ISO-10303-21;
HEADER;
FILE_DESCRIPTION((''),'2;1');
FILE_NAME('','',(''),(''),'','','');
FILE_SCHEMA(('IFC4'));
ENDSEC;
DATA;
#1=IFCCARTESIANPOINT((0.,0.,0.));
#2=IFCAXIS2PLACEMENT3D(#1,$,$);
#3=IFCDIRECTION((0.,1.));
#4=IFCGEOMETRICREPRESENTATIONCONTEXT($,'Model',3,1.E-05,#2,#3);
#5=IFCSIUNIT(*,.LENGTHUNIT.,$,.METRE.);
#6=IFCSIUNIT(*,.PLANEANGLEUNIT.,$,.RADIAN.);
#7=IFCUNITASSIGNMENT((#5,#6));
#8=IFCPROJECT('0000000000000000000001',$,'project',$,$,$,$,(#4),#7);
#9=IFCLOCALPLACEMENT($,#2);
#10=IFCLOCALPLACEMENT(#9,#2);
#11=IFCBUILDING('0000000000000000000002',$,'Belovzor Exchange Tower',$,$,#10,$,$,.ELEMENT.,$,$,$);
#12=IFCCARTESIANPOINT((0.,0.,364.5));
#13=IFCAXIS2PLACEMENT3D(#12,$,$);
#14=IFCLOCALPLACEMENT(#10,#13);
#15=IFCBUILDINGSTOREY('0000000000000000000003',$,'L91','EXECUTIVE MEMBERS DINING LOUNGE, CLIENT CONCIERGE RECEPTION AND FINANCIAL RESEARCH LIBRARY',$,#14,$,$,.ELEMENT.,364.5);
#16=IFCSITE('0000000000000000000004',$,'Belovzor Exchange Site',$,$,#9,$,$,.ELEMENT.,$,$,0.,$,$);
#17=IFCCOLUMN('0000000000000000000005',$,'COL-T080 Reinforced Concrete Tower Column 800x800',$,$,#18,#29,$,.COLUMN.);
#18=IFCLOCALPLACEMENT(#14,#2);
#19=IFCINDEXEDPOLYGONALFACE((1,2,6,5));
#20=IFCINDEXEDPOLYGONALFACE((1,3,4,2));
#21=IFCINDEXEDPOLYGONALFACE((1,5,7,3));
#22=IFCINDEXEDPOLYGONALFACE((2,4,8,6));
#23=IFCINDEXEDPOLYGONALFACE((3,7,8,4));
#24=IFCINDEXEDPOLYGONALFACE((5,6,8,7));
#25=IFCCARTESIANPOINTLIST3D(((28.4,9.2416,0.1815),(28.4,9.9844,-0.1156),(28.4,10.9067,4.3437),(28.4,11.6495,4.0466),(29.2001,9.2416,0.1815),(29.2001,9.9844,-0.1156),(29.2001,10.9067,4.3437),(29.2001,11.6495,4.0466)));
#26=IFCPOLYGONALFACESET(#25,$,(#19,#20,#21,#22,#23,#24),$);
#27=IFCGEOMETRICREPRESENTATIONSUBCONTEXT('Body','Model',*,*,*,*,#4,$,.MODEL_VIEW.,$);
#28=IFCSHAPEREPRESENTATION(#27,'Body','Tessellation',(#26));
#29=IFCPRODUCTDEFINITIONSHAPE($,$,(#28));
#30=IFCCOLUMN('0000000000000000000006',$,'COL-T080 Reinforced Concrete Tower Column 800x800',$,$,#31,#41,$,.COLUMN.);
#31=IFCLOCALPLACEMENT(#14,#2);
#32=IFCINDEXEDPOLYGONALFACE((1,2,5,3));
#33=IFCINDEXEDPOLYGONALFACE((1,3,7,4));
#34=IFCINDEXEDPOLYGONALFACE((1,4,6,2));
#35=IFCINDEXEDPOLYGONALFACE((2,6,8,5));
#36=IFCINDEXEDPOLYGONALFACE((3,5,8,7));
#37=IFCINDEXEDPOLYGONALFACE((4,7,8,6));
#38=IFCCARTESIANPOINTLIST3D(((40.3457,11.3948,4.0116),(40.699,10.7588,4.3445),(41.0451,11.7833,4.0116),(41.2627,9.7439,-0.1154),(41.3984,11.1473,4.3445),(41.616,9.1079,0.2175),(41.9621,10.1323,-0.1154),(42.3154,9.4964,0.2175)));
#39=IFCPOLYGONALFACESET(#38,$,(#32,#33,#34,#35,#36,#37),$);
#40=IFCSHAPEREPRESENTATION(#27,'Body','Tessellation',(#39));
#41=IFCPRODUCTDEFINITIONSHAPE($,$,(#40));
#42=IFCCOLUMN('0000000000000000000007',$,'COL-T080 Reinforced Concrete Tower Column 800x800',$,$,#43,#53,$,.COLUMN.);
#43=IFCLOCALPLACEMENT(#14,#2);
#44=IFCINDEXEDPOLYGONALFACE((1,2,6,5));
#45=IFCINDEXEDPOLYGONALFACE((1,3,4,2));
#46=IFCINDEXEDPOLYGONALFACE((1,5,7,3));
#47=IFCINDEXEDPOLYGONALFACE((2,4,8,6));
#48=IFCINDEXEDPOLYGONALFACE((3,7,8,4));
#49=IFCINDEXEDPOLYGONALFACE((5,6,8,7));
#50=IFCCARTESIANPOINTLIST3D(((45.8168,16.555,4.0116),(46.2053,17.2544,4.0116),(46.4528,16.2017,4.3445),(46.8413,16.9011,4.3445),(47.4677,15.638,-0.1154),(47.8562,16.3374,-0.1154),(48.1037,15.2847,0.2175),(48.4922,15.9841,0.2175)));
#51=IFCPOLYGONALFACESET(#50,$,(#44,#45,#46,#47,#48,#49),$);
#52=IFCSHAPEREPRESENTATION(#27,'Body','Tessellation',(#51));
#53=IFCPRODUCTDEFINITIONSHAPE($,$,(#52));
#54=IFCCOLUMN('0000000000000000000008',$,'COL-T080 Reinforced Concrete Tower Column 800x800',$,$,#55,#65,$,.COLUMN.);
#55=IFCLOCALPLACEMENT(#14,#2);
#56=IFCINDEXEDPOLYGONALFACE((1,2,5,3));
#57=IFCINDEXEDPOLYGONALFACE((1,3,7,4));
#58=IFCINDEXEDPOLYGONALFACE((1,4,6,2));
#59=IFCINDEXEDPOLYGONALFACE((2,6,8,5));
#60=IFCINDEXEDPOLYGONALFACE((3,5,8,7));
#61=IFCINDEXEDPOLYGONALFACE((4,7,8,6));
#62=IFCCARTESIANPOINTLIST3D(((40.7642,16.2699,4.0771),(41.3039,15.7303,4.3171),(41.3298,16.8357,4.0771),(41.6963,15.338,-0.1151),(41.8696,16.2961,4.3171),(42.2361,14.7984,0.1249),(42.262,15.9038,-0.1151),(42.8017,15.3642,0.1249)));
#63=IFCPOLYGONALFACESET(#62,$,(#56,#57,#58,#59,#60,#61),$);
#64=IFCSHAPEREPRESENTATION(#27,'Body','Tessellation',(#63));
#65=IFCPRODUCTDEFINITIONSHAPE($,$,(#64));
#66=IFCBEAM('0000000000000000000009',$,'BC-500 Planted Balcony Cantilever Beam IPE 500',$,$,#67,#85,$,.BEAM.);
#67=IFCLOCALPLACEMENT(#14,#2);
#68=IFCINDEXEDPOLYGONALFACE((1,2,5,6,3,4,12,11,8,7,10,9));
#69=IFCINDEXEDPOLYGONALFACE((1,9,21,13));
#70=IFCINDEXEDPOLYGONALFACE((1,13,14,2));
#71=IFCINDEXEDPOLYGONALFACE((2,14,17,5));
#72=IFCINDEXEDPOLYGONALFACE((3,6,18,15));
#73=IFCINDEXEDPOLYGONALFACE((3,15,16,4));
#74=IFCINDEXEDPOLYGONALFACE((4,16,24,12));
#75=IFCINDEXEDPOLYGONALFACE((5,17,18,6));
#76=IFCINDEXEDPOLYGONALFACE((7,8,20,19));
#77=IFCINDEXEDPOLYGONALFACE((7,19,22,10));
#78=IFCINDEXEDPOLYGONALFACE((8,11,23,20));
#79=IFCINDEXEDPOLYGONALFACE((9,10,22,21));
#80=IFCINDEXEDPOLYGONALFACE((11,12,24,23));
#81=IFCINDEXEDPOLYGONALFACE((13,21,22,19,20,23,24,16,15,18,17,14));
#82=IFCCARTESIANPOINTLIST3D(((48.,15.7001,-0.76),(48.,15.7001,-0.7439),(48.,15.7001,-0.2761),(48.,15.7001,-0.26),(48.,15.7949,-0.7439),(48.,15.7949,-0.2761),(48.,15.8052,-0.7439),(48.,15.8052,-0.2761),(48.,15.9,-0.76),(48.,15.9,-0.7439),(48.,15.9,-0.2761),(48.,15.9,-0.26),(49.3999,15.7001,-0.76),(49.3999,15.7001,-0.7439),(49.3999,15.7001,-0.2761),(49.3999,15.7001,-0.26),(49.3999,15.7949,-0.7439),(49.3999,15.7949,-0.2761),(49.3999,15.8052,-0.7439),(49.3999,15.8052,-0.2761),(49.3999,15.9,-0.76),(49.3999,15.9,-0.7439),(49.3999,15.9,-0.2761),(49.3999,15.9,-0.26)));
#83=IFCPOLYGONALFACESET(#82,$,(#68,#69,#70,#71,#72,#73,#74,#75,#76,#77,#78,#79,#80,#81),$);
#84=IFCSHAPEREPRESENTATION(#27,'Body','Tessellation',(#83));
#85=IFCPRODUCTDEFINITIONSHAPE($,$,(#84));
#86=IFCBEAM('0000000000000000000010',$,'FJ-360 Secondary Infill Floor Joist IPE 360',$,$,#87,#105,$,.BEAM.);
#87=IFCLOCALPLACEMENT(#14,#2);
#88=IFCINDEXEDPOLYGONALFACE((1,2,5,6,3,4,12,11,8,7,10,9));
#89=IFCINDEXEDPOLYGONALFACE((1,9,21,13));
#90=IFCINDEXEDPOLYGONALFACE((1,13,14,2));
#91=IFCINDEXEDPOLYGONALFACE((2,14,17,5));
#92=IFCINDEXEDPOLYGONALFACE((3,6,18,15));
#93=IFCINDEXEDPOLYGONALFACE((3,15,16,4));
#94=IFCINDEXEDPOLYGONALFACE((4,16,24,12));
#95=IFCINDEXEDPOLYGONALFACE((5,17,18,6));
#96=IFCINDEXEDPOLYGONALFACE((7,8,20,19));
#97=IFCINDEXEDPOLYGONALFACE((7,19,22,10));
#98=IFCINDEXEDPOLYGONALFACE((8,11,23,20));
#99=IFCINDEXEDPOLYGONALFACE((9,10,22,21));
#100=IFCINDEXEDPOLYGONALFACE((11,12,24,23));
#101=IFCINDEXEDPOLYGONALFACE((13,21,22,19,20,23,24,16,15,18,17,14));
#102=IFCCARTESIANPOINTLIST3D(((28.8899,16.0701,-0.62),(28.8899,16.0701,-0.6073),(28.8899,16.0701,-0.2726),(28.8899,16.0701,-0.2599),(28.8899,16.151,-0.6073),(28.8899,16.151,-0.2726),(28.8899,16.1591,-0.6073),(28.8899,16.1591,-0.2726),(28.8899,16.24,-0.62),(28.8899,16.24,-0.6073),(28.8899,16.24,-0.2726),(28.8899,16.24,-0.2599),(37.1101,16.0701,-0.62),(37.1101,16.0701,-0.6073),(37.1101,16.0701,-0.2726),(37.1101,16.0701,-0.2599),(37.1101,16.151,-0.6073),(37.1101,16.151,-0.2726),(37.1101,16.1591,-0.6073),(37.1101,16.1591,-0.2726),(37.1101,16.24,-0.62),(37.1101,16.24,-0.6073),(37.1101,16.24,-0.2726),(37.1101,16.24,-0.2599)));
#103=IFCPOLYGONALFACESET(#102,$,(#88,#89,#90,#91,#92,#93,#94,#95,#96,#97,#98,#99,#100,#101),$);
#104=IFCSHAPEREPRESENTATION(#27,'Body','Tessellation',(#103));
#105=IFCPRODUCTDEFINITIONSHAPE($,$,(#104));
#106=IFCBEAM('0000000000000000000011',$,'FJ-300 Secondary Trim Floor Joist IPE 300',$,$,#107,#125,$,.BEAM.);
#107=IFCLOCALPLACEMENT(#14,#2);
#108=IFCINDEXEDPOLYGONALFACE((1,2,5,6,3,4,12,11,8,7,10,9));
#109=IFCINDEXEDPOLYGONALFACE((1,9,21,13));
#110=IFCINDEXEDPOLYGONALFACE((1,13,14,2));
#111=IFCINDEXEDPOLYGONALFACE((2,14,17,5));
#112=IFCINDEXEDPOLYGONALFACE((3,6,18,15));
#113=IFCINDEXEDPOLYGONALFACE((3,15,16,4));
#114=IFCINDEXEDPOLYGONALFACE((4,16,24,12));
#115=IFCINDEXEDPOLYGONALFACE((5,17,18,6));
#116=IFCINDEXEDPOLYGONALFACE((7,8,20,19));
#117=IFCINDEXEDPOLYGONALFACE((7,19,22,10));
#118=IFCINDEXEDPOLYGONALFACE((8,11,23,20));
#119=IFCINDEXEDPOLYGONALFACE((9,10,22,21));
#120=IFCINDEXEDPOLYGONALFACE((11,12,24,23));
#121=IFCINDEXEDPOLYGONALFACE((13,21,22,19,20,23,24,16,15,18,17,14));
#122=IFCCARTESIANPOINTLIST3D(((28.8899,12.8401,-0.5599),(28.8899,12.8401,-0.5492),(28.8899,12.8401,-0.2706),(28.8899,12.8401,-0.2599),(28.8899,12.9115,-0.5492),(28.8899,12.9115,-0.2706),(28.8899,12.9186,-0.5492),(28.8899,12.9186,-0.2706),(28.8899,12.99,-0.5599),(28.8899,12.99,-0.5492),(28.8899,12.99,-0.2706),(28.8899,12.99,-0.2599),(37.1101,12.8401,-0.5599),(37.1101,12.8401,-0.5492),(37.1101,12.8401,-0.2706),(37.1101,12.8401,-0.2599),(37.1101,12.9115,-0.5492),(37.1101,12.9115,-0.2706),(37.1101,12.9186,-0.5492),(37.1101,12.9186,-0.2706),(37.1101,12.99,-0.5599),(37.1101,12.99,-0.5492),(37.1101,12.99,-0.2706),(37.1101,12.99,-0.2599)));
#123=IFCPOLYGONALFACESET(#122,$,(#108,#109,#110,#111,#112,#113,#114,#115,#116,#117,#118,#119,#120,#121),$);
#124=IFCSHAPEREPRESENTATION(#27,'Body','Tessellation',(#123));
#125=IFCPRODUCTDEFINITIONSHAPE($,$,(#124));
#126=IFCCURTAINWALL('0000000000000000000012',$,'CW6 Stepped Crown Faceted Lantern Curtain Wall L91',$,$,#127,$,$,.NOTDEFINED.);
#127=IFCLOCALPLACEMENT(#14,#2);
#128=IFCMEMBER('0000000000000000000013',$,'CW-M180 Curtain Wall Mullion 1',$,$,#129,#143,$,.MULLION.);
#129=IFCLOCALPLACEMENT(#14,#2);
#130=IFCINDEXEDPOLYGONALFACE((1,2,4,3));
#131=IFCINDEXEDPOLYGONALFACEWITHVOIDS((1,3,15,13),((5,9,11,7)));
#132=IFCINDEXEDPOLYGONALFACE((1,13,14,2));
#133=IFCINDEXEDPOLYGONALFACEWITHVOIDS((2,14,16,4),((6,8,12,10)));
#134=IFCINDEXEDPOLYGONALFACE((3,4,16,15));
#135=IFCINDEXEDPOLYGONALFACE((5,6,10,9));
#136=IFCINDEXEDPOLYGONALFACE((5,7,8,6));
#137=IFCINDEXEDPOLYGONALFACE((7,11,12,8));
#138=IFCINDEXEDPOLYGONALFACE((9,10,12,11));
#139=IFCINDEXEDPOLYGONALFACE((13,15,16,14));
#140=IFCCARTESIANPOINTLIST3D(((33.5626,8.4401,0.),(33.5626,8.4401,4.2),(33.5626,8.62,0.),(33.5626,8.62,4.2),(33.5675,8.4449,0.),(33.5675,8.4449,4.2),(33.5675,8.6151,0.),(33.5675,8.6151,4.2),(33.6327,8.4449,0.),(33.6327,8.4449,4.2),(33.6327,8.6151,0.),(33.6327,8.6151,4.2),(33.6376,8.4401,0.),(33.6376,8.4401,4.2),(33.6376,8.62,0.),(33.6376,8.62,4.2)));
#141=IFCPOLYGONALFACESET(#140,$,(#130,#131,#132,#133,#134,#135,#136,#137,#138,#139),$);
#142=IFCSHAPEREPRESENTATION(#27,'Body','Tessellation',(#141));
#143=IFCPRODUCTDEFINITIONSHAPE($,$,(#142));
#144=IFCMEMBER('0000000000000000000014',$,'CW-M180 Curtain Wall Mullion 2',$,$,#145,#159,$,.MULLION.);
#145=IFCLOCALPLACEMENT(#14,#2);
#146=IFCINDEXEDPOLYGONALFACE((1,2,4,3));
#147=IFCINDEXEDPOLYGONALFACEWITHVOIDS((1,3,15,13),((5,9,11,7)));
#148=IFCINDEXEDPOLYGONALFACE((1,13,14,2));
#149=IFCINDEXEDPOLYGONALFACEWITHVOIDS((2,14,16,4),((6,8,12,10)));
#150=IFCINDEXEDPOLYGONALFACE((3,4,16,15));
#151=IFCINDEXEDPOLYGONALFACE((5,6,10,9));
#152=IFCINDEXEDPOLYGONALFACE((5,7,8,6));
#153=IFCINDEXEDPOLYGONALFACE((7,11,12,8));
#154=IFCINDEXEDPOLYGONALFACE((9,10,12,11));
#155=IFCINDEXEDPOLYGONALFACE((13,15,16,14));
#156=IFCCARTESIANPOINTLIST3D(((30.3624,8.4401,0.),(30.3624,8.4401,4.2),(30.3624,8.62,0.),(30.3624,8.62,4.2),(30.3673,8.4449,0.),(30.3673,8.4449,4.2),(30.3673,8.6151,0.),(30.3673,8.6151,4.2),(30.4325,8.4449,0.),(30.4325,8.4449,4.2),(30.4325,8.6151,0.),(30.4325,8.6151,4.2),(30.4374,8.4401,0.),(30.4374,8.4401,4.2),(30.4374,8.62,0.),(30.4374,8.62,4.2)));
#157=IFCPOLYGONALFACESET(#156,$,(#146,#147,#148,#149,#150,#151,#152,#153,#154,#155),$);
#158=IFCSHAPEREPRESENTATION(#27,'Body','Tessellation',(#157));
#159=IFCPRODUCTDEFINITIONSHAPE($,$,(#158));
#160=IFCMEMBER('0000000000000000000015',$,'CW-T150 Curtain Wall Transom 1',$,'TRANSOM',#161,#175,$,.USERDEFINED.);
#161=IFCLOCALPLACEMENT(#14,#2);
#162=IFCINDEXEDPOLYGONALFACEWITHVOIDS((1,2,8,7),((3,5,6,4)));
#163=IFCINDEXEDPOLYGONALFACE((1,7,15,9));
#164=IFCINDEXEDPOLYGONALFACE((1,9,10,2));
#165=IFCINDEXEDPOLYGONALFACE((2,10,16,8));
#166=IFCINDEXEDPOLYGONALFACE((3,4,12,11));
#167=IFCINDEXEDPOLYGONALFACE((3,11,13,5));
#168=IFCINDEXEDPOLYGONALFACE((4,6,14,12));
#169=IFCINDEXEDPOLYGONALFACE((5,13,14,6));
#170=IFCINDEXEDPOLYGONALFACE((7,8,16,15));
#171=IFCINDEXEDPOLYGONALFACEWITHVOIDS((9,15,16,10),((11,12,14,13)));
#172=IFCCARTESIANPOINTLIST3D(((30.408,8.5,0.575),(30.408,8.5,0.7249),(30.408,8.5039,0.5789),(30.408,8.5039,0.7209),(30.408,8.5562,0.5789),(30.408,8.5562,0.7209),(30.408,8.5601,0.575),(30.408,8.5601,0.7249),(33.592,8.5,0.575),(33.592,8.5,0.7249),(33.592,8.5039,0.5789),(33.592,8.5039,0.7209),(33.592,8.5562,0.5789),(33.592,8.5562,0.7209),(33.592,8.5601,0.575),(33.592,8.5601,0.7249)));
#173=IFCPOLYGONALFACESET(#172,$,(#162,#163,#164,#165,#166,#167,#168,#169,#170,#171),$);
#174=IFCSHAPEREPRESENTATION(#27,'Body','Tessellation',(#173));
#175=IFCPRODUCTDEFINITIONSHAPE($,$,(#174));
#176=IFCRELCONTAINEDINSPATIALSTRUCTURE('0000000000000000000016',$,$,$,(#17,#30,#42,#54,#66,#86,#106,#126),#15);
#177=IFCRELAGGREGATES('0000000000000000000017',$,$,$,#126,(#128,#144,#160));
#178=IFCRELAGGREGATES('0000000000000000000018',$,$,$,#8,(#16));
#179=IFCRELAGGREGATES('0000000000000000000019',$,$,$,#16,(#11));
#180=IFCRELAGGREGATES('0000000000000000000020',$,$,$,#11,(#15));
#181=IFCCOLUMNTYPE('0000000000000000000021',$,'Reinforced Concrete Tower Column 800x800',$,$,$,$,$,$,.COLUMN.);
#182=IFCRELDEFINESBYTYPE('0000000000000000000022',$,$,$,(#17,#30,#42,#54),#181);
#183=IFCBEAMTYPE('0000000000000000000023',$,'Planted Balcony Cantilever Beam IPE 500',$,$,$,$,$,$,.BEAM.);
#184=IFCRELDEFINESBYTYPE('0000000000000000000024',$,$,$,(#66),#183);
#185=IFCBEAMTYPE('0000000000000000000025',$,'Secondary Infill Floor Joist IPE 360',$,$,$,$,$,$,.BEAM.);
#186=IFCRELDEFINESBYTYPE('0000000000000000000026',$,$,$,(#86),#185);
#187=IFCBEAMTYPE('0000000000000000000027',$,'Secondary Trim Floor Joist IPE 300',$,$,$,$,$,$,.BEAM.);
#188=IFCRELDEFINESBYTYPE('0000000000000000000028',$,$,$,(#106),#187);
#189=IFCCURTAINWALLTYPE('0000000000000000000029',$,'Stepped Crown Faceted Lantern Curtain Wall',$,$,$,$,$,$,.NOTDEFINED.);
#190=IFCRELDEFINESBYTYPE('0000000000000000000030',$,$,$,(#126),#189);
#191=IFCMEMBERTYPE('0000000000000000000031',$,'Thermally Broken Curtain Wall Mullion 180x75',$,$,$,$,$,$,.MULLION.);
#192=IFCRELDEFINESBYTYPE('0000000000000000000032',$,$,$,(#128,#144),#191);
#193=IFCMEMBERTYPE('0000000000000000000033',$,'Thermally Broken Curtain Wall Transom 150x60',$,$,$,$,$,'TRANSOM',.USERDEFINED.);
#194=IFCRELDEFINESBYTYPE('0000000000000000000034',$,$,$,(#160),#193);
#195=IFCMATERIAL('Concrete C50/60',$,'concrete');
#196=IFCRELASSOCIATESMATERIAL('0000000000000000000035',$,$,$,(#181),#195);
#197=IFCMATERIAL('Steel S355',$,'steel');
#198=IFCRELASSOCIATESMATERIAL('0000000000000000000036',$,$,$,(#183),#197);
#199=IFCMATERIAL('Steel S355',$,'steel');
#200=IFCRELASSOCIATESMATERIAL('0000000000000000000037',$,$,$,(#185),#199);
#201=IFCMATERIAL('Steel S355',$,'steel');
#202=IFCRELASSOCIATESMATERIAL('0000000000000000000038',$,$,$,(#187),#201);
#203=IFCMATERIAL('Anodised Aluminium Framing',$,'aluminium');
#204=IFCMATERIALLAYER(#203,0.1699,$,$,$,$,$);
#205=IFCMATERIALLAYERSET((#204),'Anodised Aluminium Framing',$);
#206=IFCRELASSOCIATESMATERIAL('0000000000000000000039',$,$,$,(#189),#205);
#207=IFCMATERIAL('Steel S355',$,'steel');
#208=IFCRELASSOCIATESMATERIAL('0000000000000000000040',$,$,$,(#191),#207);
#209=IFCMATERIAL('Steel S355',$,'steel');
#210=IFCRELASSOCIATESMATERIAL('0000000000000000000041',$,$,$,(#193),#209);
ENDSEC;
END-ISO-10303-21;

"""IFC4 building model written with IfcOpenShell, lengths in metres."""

from ifc_helpers import new_model, si_unit, direction, frame, origin, origin_2d, place, context, subcontext, project, spatial, rectangle, hollow_rectangle, i_section, extrude, material, layer, layer_set, material_profile, profile_set, type_object, element, aggregate, save


model = new_model("IFC4")

# Units and contexts
model_context = context("Model", 3, precision=1e-05, world=origin(), true_north=direction((0.0, 1.0)))
body_context = subcontext(model_context, "Body", "Model", "MODEL_VIEW")
ifc_project = project(units=[si_unit("LENGTHUNIT", "METRE"), si_unit("PLANEANGLEUNIT", "RADIAN")], contexts=[model_context])

# Site, building, storey
site_placement = place(None, origin())
site = spatial("IfcSite", under=ifc_project, at=site_placement, Name="Belovzor Exchange Site", CompositionType="ELEMENT", RefElevation=0.0)
building_placement = place(site_placement, origin())
building = spatial("IfcBuilding", under=site, at=building_placement, Name="Belovzor Exchange Tower", CompositionType="ELEMENT")
storey_placement = place(building_placement, frame((0.0, 0.0, 364.5)))
storey = spatial("IfcBuildingStorey", under=building, at=storey_placement, Name="L91", Description="EXECUTIVE MEMBERS DINING LOUNGE, CLIENT CONCIERGE RECEPTION AND FINANCIAL RESEARCH LIBRARY", CompositionType="ELEMENT", Elevation=364.5)

# Columns
ifc_material_1 = material(Name="Concrete C50/60", Category="concrete")
ifc_material_profile_1 = material_profile(ifc_material_1, rectangle(XDim=0.8, YDim=0.8, at=origin_2d()))
ifc_profile_set_1 = profile_set([ifc_material_profile_1], Name="Concrete C50/60")
column_type = type_object("IfcColumnType", Name="Reinforced Concrete Tower Column 800x800", PredefinedType="COLUMN", material=ifc_profile_set_1)
column_1_placement = place(storey_placement, frame((28.8, 9.613, 0.033), z_axis=(0.0, 0.371428, 0.928462), x_axis=(-1.0, 0.0, 0.0)))
element("IfcColumn", 1, at=column_1_placement, inside=storey, type_object=column_type, Name="COL-T080 Reinforced Concrete Tower Column 800x800", PredefinedType="COLUMN", context=body_context, shape_type="SweptSolid", body=[
    extrude(rectangle(XDim=0.8, YDim=0.8, at=origin_2d()), origin(), (0.0, 0.0, 1.0), 4.4829),
])
for number, where, z_axis, x_axis, name in (
    (2, (41.7891, 9.6201, 0.051), (-0.202047, 0.36375, 0.90932), (-0.874194, -0.485577, 0.0), "COL-T080 Reinforced Concrete Tower Column 800x800"),
    (3, (47.98, 15.811, 0.051), (-0.36375, 0.202047, 0.90932), (-0.485577, -0.874194, 0.0), "COL-T080 Reinforced Concrete Tower Column 800x800"),
):
    element("IfcColumn", number, at=place(storey_placement, frame(where, z_axis=z_axis, x_axis=x_axis)), inside=storey, type_object=column_type, Name=name, PredefinedType="COLUMN", context=body_context, shape_type="SweptSolid", body=[
        extrude(rectangle(XDim=0.8, YDim=0.8, at=origin_2d()), origin(), (0.0, 0.0, 1.0), 4.5386),
    ])
column_2_placement = place(storey_placement, frame((42.249, 15.3511, 0.0049), z_axis=(-0.212114, 0.212059, 0.953959), x_axis=(-0.707014, -0.707199, 0.0)))
element("IfcColumn", 4, at=column_2_placement, inside=storey, type_object=column_type, Name="COL-T080 Reinforced Concrete Tower Column 800x800", PredefinedType="COLUMN", context=body_context, shape_type="SweptSolid", body=[
    extrude(rectangle(XDim=0.8, YDim=0.8, at=origin_2d()), origin(), (0.0, 0.0, 1.0), 4.3945),
])

# Beams
ifc_material_2 = material(Name="Steel S355", Category="steel")
ifc_material_profile_2 = material_profile(ifc_material_2, i_section(OverallWidth=0.2, OverallDepth=0.5, WebThickness=0.0103, FlangeThickness=0.0161, at=origin_2d()))
ifc_profile_set_2 = profile_set([ifc_material_profile_2], Name="Steel S355")
beam_type_1 = type_object("IfcBeamType", Name="Planted Balcony Cantilever Beam IPE 500", PredefinedType="BEAM", material=ifc_profile_set_2)
beam_1_placement = place(storey_placement, frame((48.0, 15.8, -0.51), z_axis=(1.0, 0.0, 0.0), x_axis=(0.0, 1.0, 0.0)))
element("IfcBeam", 5, at=beam_1_placement, inside=storey, type_object=beam_type_1, Name="BC-500 Planted Balcony Cantilever Beam IPE 500", PredefinedType="BEAM", context=body_context, shape_type="SweptSolid", body=[
    extrude(i_section(OverallWidth=0.2, OverallDepth=0.5, WebThickness=0.0103, FlangeThickness=0.0161, at=origin_2d()), origin(), (0.0, 0.0, 1.0), 1.3999),
])
ifc_material_3 = material(Name="Steel S355", Category="steel")
ifc_material_profile_3 = material_profile(ifc_material_3, i_section(OverallWidth=0.1699, OverallDepth=0.3601, WebThickness=0.0081, FlangeThickness=0.0127, at=origin_2d()))
ifc_profile_set_3 = profile_set([ifc_material_profile_3], Name="Steel S355")
beam_type_2 = type_object("IfcBeamType", Name="Secondary Infill Floor Joist IPE 360", PredefinedType="BEAM", material=ifc_profile_set_3)
beam_2_placement = place(storey_placement, frame((28.8899, 16.155, -0.4399), z_axis=(1.0, 0.0, 0.0), x_axis=(0.0, 1.0, 0.0)))
element("IfcBeam", 6, at=beam_2_placement, inside=storey, type_object=beam_type_2, Name="FJ-360 Secondary Infill Floor Joist IPE 360", PredefinedType="BEAM", context=body_context, shape_type="SweptSolid", body=[
    extrude(i_section(OverallWidth=0.1699, OverallDepth=0.3601, WebThickness=0.0081, FlangeThickness=0.0127, at=origin_2d()), origin(), (0.0, 0.0, 1.0), 8.2202),
])
ifc_material_4 = material(Name="Steel S355", Category="steel")
ifc_material_profile_4 = material_profile(ifc_material_4, i_section(OverallWidth=0.1499, OverallDepth=0.3, WebThickness=0.0071, FlangeThickness=0.0107, at=origin_2d()))
ifc_profile_set_4 = profile_set([ifc_material_profile_4], Name="Steel S355")
beam_type_3 = type_object("IfcBeamType", Name="Secondary Trim Floor Joist IPE 300", PredefinedType="BEAM", material=ifc_profile_set_4)
beam_3_placement = place(storey_placement, frame((28.8899, 12.915, -0.4099), z_axis=(1.0, 0.0, 0.0), x_axis=(0.0, 1.0, 0.0)))
element("IfcBeam", 7, at=beam_3_placement, inside=storey, type_object=beam_type_3, Name="FJ-300 Secondary Trim Floor Joist IPE 300", PredefinedType="BEAM", context=body_context, shape_type="SweptSolid", body=[
    extrude(i_section(OverallWidth=0.1499, OverallDepth=0.3, WebThickness=0.0071, FlangeThickness=0.0107, at=origin_2d()), origin(), (0.0, 0.0, 1.0), 8.2202),
])

# Curtain wall, members
ifc_material_5 = material(Name="Anodised Aluminium Framing", Category="aluminium")
ifc_layer_1 = layer(ifc_material_5, 0.1699)
ifc_layer_set_1 = layer_set([ifc_layer_1], Name="Anodised Aluminium Framing")
curtain_wall_type = type_object("IfcCurtainWallType", Name="Stepped Crown Faceted Lantern Curtain Wall", PredefinedType="NOTDEFINED", material=ifc_layer_set_1)
curtain_wall_placement = place(storey_placement, origin())
curtain_wall = element("IfcCurtainWall", 8, at=curtain_wall_placement, inside=storey, type_object=curtain_wall_type, Name="CW6 Stepped Crown Faceted Lantern Curtain Wall L91", PredefinedType="NOTDEFINED")
ifc_material_6 = material(Name="Steel S355", Category="steel")
ifc_material_profile_5 = material_profile(ifc_material_6, hollow_rectangle(XDim=0.075, YDim=0.1799, WallThickness=0.0049, at=origin_2d()))
ifc_profile_set_5 = profile_set([ifc_material_profile_5], Name="Steel S355")
member_type_1 = type_object("IfcMemberType", Name="Thermally Broken Curtain Wall Mullion 180x75", PredefinedType="MULLION", material=ifc_profile_set_5)
member_1_placement = place(storey_placement, frame((33.6001, 8.53, 0.0), z_axis=(0.0, 0.0, 1.0), x_axis=(-1.0, 0.0, 0.0)))
member_1 = element("IfcMember", 9, at=member_1_placement, type_object=member_type_1, Name="CW-M180 Curtain Wall Mullion 1", PredefinedType="MULLION", context=body_context, shape_type="SweptSolid", body=[
    extrude(hollow_rectangle(XDim=0.075, YDim=0.1799, WallThickness=0.0049, at=origin_2d()), origin(), (0.0, 0.0, 1.0), 4.2),
])
member_2_placement = place(storey_placement, frame((30.3999, 8.53, 0.0), z_axis=(0.0, 0.0, 1.0), x_axis=(-1.0, 0.0, 0.0)))
member_2 = element("IfcMember", 10, at=member_2_placement, type_object=member_type_1, Name="CW-M180 Curtain Wall Mullion 2", PredefinedType="MULLION", context=body_context, shape_type="SweptSolid", body=[
    extrude(hollow_rectangle(XDim=0.075, YDim=0.1799, WallThickness=0.0049, at=origin_2d()), origin(), (0.0, 0.0, 1.0), 4.2),
])
ifc_material_7 = material(Name="Steel S355", Category="steel")
ifc_material_profile_6 = material_profile(ifc_material_7, hollow_rectangle(XDim=0.0601, YDim=0.1499, WallThickness=0.0039, at=origin_2d()))
ifc_profile_set_6 = profile_set([ifc_material_profile_6], Name="Steel S355")
member_type_2 = type_object("IfcMemberType", Name="Thermally Broken Curtain Wall Transom 150x60", ElementType="TRANSOM", PredefinedType="USERDEFINED", material=ifc_profile_set_6)
member_3_placement = place(storey_placement, frame((33.592, 8.53, 0.6499), z_axis=(-1.0, 0.0, 0.0), x_axis=(0.0, -1.0, 0.0)))
member_3 = element("IfcMember", 11, at=member_3_placement, type_object=member_type_2, Name="CW-T150 Curtain Wall Transom 1", ObjectType="TRANSOM", PredefinedType="USERDEFINED", context=body_context, shape_type="SweptSolid", body=[
    extrude(hollow_rectangle(XDim=0.0601, YDim=0.1499, WallThickness=0.0039, at=origin_2d()), origin(), (0.0, 0.0, 1.0), 3.1841),
])

aggregate(curtain_wall, [member_1, member_2, member_3])

save(model, "model.ifc")
